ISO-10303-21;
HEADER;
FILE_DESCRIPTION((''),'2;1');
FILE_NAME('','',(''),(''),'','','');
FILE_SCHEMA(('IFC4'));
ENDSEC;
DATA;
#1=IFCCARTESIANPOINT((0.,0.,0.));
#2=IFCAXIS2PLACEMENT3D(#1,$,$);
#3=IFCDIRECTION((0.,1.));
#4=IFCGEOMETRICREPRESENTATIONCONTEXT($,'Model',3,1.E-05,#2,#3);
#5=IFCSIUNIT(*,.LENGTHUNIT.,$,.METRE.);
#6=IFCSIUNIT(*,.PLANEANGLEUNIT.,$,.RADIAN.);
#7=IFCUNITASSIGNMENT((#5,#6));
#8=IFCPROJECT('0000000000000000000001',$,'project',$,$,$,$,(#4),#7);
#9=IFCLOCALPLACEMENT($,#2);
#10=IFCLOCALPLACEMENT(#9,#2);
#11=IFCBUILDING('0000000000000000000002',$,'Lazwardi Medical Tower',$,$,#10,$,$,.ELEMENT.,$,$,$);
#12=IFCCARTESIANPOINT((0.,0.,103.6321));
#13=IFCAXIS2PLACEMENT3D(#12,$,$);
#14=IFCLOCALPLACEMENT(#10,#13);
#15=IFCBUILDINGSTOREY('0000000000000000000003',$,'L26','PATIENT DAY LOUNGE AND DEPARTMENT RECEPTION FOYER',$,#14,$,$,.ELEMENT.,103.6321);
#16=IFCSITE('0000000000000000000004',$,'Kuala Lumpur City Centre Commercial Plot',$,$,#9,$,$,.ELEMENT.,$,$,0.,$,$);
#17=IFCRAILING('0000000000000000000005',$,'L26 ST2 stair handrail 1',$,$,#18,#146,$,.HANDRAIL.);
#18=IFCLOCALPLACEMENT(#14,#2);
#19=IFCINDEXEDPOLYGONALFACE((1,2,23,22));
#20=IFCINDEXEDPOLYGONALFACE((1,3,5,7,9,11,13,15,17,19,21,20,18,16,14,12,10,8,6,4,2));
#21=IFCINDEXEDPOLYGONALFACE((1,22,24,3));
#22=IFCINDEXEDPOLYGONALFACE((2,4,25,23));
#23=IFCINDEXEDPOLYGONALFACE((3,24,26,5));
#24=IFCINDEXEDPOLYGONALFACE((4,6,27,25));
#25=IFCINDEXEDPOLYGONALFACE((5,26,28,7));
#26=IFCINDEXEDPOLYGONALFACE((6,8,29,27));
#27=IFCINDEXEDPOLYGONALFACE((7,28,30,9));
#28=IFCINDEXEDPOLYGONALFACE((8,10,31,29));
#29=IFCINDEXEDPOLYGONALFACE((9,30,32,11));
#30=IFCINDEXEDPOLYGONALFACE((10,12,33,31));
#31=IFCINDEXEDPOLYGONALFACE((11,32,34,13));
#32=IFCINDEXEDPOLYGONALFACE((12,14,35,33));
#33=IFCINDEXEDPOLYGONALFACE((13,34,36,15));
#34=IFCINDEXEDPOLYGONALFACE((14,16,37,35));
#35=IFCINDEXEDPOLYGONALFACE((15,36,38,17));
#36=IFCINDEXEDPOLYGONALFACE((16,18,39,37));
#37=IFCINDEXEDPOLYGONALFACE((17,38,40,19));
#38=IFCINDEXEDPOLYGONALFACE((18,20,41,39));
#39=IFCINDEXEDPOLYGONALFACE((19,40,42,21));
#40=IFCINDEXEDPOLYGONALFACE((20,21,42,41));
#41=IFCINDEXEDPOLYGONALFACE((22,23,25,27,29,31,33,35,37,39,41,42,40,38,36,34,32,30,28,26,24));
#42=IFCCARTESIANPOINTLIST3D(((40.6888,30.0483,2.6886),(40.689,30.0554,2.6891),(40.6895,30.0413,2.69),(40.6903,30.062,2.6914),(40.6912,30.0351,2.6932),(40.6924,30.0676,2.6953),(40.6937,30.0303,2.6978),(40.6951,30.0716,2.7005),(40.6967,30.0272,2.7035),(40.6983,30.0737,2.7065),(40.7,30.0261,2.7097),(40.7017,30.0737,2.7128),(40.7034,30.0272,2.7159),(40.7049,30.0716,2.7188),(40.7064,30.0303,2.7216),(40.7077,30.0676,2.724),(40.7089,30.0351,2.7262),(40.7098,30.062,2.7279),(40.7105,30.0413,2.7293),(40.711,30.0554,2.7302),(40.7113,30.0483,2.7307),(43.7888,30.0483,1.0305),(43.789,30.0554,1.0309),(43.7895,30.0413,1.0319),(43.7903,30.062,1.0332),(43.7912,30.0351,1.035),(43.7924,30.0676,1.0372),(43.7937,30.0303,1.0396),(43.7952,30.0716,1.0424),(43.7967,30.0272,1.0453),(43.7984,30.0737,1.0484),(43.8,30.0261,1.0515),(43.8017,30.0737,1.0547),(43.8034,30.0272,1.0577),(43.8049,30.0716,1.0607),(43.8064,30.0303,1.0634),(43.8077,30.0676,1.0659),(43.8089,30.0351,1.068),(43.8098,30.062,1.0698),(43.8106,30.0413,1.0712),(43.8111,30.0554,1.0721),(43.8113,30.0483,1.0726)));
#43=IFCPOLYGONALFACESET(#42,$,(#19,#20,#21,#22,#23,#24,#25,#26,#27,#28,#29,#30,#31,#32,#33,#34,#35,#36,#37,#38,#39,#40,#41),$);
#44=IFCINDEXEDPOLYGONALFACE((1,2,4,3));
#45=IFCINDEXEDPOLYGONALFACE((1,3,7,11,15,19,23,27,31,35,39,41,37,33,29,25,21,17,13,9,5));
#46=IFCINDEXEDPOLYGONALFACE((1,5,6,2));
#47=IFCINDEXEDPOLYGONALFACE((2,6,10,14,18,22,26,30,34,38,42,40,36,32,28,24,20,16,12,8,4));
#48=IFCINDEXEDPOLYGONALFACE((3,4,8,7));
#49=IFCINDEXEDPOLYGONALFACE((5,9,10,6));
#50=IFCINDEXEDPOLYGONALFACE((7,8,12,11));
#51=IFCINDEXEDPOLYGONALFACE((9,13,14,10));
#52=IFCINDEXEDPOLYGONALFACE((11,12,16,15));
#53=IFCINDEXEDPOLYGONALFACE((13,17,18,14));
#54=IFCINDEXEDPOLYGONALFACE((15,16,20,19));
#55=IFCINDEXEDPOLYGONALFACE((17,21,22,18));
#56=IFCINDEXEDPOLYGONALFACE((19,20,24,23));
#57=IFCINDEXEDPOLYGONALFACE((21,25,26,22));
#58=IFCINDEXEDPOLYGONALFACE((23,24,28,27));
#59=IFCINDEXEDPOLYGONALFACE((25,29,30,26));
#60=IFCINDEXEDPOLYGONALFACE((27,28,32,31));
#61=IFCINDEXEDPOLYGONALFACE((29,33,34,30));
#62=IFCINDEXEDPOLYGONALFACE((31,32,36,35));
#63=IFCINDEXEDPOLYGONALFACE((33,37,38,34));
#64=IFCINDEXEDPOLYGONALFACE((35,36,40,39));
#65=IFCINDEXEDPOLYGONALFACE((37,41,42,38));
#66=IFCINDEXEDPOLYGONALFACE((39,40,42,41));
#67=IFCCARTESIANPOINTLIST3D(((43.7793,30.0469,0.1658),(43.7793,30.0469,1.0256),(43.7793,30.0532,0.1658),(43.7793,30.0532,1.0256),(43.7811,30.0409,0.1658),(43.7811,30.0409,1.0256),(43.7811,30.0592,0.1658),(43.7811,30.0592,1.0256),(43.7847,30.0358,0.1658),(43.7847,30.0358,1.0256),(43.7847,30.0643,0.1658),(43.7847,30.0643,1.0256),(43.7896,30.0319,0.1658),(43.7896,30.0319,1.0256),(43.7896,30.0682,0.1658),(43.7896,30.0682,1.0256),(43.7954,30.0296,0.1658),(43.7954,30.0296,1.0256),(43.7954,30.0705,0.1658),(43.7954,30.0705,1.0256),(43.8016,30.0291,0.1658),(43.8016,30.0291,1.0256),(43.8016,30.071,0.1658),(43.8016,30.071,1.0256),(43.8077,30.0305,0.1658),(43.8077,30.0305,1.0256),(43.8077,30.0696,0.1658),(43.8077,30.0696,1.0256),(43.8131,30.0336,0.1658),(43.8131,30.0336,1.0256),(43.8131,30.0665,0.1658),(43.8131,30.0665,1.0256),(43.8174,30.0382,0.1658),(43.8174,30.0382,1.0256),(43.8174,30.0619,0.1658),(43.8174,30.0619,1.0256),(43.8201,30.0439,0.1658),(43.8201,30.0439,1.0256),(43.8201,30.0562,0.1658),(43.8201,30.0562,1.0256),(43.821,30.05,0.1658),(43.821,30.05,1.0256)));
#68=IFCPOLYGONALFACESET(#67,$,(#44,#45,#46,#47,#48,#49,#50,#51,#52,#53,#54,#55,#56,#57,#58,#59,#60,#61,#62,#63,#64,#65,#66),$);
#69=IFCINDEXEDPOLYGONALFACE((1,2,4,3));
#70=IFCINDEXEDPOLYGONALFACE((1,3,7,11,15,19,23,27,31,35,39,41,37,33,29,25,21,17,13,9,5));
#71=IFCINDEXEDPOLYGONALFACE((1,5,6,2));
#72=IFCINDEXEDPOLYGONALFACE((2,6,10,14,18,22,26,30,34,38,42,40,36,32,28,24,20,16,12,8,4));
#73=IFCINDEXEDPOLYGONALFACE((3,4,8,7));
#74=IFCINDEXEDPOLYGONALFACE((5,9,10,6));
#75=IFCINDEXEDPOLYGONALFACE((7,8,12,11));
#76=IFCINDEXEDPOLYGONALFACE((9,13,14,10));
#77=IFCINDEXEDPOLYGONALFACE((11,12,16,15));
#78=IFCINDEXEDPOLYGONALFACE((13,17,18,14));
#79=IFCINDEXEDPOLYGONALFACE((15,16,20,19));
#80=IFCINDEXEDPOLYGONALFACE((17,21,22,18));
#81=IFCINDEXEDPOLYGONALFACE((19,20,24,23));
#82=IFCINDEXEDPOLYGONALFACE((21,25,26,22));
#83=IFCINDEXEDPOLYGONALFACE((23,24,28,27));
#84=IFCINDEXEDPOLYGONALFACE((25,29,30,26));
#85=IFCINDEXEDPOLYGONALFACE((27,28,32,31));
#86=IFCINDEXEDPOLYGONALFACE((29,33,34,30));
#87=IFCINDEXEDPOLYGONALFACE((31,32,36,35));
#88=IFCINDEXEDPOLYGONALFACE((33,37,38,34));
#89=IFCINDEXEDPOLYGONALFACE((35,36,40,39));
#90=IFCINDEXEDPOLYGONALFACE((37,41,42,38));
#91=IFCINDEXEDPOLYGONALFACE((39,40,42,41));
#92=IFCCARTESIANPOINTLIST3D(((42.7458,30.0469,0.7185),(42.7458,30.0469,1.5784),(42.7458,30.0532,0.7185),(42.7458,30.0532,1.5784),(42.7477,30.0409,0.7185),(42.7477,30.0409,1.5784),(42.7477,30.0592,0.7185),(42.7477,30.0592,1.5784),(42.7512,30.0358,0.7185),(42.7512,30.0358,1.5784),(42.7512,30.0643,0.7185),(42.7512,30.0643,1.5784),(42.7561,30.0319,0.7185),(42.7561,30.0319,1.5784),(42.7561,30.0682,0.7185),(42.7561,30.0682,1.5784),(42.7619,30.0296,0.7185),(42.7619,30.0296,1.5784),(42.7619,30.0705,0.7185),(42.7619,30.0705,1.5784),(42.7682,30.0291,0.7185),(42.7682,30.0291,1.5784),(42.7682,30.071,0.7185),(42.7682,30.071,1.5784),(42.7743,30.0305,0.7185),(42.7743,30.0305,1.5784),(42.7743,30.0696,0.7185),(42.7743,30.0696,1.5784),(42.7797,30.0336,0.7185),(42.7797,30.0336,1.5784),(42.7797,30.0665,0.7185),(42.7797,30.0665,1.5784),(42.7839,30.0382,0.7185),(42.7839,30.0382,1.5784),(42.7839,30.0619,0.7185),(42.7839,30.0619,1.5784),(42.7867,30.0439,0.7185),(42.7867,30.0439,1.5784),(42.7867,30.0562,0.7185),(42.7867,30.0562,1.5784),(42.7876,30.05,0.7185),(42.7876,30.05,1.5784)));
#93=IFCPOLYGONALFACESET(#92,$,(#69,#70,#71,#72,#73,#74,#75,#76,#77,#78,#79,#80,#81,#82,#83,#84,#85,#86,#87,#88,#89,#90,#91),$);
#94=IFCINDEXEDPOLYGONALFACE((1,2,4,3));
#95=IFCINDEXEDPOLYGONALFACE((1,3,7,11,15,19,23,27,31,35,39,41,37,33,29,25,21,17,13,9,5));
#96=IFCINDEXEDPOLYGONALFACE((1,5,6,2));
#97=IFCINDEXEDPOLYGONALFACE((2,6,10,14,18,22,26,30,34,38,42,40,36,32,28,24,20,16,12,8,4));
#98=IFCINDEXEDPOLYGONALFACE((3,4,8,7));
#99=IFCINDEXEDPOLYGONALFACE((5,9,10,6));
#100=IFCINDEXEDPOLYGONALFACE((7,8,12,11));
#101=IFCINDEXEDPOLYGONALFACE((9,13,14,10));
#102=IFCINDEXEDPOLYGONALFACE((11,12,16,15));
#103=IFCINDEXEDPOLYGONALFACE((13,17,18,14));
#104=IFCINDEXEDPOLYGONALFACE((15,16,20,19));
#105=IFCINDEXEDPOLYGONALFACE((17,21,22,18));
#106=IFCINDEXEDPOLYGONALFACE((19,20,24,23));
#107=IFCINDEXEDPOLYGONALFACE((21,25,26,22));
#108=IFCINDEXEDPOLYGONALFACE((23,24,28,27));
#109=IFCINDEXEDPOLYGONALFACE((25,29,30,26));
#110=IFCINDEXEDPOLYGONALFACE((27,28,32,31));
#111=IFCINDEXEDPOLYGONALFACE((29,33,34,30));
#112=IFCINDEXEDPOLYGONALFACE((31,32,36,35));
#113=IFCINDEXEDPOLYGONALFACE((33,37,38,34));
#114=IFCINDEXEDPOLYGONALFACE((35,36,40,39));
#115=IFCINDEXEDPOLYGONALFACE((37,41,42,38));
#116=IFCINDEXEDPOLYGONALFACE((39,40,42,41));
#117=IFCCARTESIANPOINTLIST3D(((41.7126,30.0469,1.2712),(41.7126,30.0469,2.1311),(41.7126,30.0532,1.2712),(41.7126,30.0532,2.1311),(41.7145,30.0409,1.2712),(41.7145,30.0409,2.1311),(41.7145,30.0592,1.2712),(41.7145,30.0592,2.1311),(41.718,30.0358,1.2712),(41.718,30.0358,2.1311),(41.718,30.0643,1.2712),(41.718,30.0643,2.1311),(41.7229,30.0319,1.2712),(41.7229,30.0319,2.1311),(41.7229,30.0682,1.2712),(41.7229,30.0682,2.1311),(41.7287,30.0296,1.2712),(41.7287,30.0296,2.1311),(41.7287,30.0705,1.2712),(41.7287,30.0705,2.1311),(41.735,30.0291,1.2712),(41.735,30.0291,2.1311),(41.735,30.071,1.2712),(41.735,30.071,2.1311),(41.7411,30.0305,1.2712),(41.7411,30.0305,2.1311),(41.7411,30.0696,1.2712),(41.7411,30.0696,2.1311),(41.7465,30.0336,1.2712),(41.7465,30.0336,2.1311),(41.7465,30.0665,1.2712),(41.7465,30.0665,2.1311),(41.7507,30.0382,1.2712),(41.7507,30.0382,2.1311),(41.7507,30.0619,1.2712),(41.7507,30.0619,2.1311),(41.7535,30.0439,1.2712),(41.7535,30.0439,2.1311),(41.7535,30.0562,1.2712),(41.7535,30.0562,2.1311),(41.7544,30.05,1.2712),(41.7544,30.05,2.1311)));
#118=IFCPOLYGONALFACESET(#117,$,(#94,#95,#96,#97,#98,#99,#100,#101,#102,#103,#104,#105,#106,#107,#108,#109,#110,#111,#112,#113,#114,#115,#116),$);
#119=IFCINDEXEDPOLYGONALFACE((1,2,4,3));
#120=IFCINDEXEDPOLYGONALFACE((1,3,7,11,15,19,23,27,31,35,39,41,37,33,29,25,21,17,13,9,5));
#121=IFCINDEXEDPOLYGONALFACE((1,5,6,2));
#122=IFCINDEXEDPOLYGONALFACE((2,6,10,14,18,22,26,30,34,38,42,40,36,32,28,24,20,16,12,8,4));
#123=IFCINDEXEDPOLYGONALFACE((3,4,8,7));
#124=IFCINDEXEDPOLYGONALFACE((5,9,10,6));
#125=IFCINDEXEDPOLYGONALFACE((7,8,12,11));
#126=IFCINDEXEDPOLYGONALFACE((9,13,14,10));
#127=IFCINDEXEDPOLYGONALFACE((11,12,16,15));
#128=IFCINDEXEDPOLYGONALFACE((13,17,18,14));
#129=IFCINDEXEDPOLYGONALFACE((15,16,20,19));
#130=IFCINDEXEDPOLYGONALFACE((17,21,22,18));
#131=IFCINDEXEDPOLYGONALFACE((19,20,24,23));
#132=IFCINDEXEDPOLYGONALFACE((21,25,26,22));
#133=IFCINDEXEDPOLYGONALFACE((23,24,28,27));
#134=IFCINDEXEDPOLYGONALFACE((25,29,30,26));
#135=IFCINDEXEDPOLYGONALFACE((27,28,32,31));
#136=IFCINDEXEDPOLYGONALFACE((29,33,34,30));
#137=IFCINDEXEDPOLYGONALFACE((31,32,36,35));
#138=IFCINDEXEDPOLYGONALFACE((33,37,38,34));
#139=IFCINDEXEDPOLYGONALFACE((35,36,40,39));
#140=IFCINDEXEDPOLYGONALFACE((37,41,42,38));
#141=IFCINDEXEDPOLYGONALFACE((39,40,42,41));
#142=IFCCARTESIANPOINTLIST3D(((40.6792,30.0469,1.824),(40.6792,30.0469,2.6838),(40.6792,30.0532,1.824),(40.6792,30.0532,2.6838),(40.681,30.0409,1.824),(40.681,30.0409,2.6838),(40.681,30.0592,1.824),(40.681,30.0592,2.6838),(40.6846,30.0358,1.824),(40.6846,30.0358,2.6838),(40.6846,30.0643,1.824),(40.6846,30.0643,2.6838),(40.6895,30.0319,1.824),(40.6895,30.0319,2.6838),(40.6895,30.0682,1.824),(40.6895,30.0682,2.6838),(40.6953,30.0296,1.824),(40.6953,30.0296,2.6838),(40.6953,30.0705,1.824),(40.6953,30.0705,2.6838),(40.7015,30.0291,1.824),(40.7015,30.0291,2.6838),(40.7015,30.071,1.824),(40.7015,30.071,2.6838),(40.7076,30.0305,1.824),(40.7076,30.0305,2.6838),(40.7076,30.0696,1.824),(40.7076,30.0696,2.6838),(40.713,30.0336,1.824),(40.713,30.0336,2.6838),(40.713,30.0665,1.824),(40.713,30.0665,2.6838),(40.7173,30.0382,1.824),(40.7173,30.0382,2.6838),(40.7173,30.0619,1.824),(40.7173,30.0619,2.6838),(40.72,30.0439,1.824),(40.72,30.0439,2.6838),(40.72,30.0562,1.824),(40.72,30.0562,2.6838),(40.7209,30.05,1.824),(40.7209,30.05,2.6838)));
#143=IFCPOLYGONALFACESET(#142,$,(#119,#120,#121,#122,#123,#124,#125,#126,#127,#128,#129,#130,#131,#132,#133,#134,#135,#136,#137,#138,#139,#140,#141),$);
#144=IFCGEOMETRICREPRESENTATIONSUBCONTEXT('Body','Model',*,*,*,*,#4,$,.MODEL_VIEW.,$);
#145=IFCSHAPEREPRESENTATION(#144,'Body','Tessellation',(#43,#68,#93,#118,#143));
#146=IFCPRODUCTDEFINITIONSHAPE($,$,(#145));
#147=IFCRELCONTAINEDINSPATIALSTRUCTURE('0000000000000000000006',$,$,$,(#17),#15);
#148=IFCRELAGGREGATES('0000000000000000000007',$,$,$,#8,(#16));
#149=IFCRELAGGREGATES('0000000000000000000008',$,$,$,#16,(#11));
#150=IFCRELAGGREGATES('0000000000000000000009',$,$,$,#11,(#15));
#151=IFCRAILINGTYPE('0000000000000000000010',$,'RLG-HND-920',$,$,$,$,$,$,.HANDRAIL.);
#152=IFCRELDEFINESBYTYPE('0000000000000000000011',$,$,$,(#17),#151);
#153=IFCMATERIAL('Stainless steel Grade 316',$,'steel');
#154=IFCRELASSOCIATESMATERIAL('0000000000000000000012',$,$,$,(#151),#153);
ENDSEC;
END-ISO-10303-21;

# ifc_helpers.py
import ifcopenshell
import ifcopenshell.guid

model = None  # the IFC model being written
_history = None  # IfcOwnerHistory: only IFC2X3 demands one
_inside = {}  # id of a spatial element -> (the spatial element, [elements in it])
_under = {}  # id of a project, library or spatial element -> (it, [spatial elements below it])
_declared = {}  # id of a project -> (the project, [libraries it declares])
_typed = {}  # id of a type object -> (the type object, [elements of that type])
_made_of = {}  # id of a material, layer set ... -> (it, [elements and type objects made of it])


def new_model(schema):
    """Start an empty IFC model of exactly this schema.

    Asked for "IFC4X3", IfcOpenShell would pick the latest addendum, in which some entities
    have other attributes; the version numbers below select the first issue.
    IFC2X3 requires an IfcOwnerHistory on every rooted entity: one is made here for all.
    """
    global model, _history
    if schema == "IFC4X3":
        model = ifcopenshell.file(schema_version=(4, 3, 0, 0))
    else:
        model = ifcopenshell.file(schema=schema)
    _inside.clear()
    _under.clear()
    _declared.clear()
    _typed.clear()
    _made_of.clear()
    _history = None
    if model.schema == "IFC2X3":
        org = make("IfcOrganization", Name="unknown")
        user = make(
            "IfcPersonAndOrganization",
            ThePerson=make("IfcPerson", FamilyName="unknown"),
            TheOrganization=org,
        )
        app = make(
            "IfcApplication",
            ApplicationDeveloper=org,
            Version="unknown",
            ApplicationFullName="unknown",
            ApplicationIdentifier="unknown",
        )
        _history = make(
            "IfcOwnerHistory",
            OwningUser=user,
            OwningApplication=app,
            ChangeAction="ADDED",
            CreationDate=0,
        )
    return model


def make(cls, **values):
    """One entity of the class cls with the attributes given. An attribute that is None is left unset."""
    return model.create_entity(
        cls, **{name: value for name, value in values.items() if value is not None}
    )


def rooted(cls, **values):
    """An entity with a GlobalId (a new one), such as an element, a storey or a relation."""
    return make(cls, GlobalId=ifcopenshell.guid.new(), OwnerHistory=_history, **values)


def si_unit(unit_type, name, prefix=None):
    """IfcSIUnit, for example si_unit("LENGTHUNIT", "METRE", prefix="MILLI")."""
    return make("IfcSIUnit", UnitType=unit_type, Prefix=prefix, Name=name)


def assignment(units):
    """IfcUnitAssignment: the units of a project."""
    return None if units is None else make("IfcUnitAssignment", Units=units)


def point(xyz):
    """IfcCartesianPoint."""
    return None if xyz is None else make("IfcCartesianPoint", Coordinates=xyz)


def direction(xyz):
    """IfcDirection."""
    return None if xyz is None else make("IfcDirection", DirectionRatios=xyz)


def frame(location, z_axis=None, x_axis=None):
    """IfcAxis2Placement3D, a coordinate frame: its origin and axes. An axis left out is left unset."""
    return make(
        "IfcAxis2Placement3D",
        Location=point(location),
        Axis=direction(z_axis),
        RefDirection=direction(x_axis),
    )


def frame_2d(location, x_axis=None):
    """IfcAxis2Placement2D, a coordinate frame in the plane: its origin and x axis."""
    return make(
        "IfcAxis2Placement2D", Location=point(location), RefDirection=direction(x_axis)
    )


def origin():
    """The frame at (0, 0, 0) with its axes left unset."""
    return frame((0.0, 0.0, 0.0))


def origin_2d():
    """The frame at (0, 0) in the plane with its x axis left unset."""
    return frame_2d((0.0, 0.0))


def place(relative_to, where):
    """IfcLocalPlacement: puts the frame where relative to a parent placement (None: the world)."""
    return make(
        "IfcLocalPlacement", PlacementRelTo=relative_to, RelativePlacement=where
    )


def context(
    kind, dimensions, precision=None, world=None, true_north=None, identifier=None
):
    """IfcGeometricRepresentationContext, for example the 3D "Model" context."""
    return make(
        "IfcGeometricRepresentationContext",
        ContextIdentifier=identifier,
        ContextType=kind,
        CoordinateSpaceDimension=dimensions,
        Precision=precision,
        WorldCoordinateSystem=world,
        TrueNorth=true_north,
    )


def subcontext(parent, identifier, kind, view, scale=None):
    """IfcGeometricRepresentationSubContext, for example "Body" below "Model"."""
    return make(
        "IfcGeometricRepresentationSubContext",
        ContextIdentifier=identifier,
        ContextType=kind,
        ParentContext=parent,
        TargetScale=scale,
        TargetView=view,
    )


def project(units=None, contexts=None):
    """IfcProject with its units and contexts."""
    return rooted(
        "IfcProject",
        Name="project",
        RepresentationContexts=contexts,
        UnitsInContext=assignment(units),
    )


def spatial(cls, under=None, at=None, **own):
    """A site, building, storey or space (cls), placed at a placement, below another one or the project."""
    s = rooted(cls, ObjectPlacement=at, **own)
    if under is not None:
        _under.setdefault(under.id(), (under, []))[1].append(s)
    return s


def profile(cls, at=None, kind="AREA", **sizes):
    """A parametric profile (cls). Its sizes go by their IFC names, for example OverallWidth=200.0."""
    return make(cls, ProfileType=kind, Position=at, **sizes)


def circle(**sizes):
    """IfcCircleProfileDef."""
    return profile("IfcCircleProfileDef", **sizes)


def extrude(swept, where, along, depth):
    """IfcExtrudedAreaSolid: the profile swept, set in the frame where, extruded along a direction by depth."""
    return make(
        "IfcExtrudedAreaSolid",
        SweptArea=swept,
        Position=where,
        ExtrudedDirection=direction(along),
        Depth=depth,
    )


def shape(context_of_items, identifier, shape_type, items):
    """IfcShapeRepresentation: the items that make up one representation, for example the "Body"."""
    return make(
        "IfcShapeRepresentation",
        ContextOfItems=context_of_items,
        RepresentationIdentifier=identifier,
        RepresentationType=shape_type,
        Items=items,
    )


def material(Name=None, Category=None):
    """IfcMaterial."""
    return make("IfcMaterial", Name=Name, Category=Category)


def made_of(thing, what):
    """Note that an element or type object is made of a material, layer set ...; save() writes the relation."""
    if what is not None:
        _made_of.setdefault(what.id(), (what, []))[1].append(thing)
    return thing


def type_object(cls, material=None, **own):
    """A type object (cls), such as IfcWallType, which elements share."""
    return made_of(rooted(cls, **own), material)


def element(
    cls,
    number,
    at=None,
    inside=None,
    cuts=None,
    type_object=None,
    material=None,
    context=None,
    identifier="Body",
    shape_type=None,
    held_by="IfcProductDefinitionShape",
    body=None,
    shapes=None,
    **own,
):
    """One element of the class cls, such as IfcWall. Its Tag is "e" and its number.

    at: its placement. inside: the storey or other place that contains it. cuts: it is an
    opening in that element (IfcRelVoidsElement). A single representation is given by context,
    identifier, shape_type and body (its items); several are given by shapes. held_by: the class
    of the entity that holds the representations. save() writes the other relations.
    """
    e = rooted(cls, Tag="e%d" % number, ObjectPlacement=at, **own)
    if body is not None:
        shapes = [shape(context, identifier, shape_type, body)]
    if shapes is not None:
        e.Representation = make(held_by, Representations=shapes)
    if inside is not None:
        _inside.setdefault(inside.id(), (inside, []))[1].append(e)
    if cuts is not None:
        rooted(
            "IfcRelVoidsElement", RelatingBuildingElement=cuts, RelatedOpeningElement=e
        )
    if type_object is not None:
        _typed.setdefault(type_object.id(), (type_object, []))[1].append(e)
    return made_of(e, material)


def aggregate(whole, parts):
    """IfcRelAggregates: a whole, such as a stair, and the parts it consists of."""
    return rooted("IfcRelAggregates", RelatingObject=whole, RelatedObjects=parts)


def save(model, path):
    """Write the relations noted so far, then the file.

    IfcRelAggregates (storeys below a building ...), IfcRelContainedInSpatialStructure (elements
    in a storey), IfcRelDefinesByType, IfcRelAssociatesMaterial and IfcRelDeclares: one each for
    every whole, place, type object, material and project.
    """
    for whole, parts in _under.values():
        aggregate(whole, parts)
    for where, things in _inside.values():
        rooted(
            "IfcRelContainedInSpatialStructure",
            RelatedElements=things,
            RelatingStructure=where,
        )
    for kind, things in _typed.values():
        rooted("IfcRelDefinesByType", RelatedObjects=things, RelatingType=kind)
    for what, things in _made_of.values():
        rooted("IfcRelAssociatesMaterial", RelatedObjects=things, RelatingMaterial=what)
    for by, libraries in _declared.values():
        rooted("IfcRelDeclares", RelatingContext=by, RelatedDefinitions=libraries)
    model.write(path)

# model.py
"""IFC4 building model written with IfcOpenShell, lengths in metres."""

from ifc_helpers import new_model, si_unit, direction, frame, origin, origin_2d, place, context, subcontext, project, spatial, circle, extrude, material, type_object, element, save


model = new_model("IFC4")

# Units and contexts
model_context = context("Model", 3, precision=1e-05, world=origin(), true_north=direction((0.0, 1.0)))
body_context = subcontext(model_context, "Body", "Model", "MODEL_VIEW")
ifc_project = project(units=[si_unit("LENGTHUNIT", "METRE"), si_unit("PLANEANGLEUNIT", "RADIAN")], contexts=[model_context])

# Site, building, storey
site_placement = place(None, origin())
site = spatial("IfcSite", under=ifc_project, at=site_placement, Name="Kuala Lumpur City Centre Commercial Plot", CompositionType="ELEMENT", RefElevation=0.0)
building_placement = place(site_placement, origin())
building = spatial("IfcBuilding", under=site, at=building_placement, Name="Lazwardi Medical Tower", CompositionType="ELEMENT")
storey_placement = place(building_placement, frame((0.0, 0.0, 103.6321)))
storey = spatial("IfcBuildingStorey", under=building, at=storey_placement, Name="L26", Description="PATIENT DAY LOUNGE AND DEPARTMENT RECEPTION FOYER", CompositionType="ELEMENT", Elevation=103.6321)

# Railing
ifc_material_1 = material(Name="Stainless steel Grade 316", Category="steel")
railing_type_1 = type_object("IfcRailingType", Name="RLG-HND-920", PredefinedType="HANDRAIL", material=ifc_material_1)
railing_1_placement = place(storey_placement, frame((43.8, 30.05, 0.1658)))
element("IfcRailing", 1, at=railing_1_placement, inside=storey, type_object=railing_type_1, Name="L26 ST2 stair handrail 1", PredefinedType="HANDRAIL", context=body_context, shape_type="SweptSolid", body=[
    extrude(circle(Radius=0.0239, at=origin_2d()), frame((0.0, 0.0, 0.8857), z_axis=(-0.881783, 0.0, 0.471655), x_axis=(0.0, -1.0, 0.0)), (0.0, 0.0, 1.0), 3.5156),
    extrude(circle(Radius=0.021, at=origin_2d()), origin(), (0.0, 0.0, 1.0), 0.8599),
    extrude(circle(Radius=0.021, at=origin_2d()), frame((-1.0334, 0.0, 0.5527)), (0.0, 0.0, 1.0), 0.8599),
    extrude(circle(Radius=0.021, at=origin_2d()), frame((-2.0667, 0.0, 1.1055)), (0.0, 0.0, 1.0), 0.8599),
    extrude(circle(Radius=0.021, at=origin_2d()), frame((-3.1001, 0.0, 1.6582)), (0.0, 0.0, 1.0), 0.8599),
])

save(model, "model.ifc")
